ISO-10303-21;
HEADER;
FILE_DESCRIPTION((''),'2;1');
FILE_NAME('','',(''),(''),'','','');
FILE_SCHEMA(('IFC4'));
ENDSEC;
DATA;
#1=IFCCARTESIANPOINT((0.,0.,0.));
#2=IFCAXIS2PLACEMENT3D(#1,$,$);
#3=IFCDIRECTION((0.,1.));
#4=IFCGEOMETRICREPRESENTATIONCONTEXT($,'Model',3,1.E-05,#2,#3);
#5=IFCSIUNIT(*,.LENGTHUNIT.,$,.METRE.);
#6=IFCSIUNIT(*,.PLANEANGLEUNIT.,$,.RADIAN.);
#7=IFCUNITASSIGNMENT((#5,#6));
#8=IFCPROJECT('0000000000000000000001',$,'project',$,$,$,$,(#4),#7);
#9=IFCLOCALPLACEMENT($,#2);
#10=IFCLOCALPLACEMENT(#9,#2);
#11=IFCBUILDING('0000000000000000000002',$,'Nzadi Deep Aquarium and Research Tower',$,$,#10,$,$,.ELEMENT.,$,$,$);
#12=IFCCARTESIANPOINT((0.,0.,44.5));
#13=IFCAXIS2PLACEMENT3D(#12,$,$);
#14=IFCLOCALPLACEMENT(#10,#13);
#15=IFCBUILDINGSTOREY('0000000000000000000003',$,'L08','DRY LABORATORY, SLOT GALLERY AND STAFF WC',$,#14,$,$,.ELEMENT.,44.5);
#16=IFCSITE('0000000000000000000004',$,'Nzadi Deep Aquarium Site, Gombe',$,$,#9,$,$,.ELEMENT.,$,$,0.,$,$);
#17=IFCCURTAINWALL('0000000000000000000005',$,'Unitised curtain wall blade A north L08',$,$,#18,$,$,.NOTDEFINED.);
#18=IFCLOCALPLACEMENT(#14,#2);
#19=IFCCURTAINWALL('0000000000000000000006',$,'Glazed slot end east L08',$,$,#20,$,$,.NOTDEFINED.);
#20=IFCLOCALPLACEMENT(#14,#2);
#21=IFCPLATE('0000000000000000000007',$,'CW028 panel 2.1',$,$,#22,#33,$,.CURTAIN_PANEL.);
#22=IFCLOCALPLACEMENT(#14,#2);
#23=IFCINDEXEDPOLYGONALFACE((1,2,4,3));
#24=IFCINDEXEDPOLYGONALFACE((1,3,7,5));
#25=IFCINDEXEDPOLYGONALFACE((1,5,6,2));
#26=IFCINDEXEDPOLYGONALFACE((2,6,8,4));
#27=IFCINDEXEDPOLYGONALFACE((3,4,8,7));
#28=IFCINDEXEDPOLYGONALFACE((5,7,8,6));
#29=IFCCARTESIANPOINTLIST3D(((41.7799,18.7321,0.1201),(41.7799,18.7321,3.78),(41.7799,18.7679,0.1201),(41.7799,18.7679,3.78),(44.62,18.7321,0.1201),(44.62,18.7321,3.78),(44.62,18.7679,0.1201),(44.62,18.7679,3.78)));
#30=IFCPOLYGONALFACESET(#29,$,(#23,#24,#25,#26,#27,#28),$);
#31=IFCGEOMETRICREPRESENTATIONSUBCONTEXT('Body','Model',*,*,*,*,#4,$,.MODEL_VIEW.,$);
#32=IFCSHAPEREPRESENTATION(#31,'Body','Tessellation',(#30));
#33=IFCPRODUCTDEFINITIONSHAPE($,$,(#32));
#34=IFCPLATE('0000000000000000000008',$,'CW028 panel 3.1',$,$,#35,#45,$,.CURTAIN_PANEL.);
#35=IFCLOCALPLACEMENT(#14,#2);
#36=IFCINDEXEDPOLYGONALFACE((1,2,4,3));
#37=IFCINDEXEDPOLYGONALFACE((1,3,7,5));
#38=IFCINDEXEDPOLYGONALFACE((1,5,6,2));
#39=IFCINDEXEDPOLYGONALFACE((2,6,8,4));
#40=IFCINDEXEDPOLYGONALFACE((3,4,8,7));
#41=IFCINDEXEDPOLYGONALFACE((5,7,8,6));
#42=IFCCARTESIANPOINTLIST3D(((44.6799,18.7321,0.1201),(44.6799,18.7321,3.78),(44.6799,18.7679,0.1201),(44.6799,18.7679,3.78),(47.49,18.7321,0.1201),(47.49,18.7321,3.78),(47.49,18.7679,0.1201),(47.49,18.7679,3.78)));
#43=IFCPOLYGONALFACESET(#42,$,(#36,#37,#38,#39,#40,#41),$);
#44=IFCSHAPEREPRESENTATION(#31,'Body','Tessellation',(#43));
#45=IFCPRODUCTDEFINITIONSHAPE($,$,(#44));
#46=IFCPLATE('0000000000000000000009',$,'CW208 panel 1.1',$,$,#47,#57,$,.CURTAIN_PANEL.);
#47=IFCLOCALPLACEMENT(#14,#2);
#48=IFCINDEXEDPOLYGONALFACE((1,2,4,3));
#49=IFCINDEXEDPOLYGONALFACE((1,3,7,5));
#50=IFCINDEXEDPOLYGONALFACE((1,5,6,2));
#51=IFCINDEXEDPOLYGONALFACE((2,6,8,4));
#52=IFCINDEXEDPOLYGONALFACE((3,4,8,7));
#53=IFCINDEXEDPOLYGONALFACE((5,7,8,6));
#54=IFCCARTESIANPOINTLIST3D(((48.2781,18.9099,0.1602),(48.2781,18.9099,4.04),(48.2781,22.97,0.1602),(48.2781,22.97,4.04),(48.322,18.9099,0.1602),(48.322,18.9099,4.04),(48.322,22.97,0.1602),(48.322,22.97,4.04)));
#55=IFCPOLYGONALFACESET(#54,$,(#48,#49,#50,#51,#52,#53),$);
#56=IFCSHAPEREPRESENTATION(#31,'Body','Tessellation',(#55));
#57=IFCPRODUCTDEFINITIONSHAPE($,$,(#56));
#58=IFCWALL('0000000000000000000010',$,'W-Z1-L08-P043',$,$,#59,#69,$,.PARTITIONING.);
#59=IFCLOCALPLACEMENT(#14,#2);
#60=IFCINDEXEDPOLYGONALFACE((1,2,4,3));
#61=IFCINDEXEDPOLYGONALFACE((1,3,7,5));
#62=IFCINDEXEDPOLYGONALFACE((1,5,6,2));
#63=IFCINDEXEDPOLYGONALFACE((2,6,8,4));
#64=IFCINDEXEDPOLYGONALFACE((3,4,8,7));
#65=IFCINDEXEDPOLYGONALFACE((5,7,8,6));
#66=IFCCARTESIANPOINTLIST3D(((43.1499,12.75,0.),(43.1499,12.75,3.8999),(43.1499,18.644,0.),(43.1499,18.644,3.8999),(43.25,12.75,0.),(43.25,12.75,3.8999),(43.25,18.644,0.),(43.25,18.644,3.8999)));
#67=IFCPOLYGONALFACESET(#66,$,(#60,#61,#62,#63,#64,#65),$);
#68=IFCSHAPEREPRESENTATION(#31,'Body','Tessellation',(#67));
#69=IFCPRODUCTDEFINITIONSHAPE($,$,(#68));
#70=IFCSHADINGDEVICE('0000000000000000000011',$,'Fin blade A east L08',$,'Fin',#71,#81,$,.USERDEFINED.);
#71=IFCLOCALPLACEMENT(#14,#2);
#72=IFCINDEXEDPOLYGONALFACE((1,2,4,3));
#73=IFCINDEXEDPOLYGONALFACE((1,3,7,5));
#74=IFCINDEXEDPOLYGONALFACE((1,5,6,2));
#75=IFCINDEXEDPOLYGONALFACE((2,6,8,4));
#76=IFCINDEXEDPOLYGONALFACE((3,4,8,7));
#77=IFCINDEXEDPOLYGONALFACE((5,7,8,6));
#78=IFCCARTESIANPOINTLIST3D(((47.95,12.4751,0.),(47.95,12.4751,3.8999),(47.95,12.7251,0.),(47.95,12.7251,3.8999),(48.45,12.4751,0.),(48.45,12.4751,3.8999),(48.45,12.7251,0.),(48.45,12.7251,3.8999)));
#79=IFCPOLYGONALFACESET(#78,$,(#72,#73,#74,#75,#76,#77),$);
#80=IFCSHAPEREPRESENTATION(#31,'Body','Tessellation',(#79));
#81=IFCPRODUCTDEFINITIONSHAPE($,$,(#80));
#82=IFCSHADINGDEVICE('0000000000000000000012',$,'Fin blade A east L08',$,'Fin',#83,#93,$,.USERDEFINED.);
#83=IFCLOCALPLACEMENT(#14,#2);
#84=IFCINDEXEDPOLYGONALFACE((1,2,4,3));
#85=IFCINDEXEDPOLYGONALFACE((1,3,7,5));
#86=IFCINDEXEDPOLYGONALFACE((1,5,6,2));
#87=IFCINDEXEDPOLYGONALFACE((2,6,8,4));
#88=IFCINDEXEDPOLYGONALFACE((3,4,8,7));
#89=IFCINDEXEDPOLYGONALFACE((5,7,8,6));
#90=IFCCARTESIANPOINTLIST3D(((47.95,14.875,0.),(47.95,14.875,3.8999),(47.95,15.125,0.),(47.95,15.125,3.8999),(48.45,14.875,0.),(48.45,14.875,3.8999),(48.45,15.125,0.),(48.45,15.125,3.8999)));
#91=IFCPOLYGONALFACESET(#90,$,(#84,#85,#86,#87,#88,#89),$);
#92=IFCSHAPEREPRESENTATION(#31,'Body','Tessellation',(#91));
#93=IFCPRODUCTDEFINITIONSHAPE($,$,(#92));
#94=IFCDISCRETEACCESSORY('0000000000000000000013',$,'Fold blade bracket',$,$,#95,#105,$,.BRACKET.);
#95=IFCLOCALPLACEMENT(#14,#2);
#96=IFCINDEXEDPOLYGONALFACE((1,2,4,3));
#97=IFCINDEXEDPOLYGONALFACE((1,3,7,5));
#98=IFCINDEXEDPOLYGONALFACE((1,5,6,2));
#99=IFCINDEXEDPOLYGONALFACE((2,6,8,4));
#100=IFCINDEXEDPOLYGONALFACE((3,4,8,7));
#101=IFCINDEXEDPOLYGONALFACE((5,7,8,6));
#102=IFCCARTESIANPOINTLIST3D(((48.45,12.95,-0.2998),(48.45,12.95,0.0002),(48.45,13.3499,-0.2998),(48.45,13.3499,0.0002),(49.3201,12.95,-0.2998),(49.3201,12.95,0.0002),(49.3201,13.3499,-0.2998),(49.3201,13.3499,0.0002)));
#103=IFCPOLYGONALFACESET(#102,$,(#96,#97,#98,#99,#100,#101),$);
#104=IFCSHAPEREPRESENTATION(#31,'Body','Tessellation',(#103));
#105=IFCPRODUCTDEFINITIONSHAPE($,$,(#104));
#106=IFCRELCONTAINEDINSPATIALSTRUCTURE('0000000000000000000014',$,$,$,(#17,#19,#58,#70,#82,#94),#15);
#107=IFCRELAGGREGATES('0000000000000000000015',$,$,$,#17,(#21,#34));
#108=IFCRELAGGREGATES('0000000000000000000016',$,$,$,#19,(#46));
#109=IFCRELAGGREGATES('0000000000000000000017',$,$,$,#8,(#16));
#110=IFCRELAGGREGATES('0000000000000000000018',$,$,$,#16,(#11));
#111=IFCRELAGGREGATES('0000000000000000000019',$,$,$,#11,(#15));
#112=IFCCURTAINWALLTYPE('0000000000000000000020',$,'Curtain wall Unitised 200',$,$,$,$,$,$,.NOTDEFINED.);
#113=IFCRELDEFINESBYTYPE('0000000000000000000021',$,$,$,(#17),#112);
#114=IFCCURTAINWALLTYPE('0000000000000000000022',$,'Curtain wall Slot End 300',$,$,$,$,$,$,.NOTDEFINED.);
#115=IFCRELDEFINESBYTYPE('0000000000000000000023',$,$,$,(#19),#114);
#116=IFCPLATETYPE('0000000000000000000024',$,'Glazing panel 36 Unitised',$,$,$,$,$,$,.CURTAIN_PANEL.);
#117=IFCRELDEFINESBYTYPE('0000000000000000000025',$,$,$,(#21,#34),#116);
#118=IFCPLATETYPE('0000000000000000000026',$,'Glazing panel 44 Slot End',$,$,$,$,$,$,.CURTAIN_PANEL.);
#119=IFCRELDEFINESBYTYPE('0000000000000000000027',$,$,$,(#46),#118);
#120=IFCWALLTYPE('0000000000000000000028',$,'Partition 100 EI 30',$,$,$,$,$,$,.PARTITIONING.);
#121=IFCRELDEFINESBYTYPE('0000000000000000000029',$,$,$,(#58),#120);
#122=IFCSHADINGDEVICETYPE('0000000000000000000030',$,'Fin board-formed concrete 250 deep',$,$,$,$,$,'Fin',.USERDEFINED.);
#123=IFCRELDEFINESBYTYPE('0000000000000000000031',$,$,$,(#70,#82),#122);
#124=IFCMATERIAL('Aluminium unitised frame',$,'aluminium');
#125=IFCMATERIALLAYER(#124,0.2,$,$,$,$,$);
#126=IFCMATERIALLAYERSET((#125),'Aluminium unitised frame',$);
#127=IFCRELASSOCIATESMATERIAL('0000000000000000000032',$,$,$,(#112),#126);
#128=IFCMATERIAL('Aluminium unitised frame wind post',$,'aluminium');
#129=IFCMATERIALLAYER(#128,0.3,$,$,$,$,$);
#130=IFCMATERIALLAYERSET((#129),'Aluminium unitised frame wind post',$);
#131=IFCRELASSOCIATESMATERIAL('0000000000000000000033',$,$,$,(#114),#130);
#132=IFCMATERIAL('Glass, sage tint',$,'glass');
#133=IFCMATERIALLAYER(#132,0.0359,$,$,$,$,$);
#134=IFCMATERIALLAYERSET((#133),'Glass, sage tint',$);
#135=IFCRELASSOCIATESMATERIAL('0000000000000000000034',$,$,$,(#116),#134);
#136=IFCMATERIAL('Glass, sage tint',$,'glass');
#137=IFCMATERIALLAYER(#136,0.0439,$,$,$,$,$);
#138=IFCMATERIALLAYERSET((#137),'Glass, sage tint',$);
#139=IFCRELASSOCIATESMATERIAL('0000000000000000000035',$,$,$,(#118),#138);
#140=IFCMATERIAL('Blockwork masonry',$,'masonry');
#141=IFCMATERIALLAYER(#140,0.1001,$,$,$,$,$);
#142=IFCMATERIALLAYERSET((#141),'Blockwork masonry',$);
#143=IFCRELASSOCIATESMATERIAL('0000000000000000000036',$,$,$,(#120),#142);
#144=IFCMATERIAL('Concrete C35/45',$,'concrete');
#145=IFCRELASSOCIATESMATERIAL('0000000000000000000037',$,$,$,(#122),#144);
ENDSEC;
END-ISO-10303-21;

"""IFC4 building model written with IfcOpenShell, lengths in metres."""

from ifc_helpers import new_model, si_unit, direction, frame, frame_2d, origin, origin_2d, place, context, subcontext, project, spatial, rectangle, extrude, material, layer, layer_set, type_object, element, aggregate, save


model = new_model("IFC4")

# Units and contexts
model_context = context("Model", 3, precision=1e-05, world=origin(), true_north=direction((0.0, 1.0)))
body_context = subcontext(model_context, "Body", "Model", "MODEL_VIEW")
ifc_project = project(units=[si_unit("LENGTHUNIT", "METRE"), si_unit("PLANEANGLEUNIT", "RADIAN")], contexts=[model_context])

# Site, building, storey
site_placement = place(None, origin())
site = spatial("IfcSite", under=ifc_project, at=site_placement, Name="Nzadi Deep Aquarium Site, Gombe", CompositionType="ELEMENT", RefElevation=0.0)
building_placement = place(site_placement, origin())
building = spatial("IfcBuilding", under=site, at=building_placement, Name="Nzadi Deep Aquarium and Research Tower", CompositionType="ELEMENT")
storey_placement = place(building_placement, frame((0.0, 0.0, 44.5)))
storey = spatial("IfcBuildingStorey", under=building, at=storey_placement, Name="L08", Description="DRY LABORATORY, SLOT GALLERY AND STAFF WC", CompositionType="ELEMENT", Elevation=44.5)

# Shared definitions
ifc_material_1 = material(Name="Aluminium unitised frame", Category="aluminium")
ifc_layer_1 = layer(ifc_material_1, 0.2)
ifc_layer_set_1 = layer_set([ifc_layer_1], Name="Aluminium unitised frame")
curtain_wall_type_1 = type_object("IfcCurtainWallType", Name="Curtain wall Unitised 200", PredefinedType="NOTDEFINED", material=ifc_layer_set_1)

# Curtain walls
curtain_wall_1_placement = place(storey_placement, origin())
curtain_wall_1 = element("IfcCurtainWall", 1, at=curtain_wall_1_placement, inside=storey, type_object=curtain_wall_type_1, Name="Unitised curtain wall blade A north L08", PredefinedType="NOTDEFINED")
ifc_material_2 = material(Name="Aluminium unitised frame wind post", Category="aluminium")
ifc_layer_2 = layer(ifc_material_2, 0.3)
ifc_layer_set_2 = layer_set([ifc_layer_2], Name="Aluminium unitised frame wind post")
curtain_wall_type_2 = type_object("IfcCurtainWallType", Name="Curtain wall Slot End 300", PredefinedType="NOTDEFINED", material=ifc_layer_set_2)
curtain_wall_2_placement = place(storey_placement, origin())
curtain_wall_2 = element("IfcCurtainWall", 2, at=curtain_wall_2_placement, inside=storey, type_object=curtain_wall_type_2, Name="Glazed slot end east L08", PredefinedType="NOTDEFINED")

# Plates
ifc_material_3 = material(Name="Glass, sage tint", Category="glass")
ifc_layer_3 = layer(ifc_material_3, 0.0359)
ifc_layer_set_3 = layer_set([ifc_layer_3], Name="Glass, sage tint")
plate_type_1 = type_object("IfcPlateType", Name="Glazing panel 36 Unitised", PredefinedType="CURTAIN_PANEL", material=ifc_layer_set_3)
plate_1_placement = place(storey_placement, frame((43.2, 18.75, 0.1201), z_axis=(0.0, 0.0, 1.0), x_axis=(1.0, 0.0, 0.0)))
plate_1 = element("IfcPlate", 3, at=plate_1_placement, type_object=plate_type_1, Name="CW028 panel 2.1", PredefinedType="CURTAIN_PANEL", context=body_context, shape_type="SweptSolid", body=[
    extrude(rectangle(XDim=2.8401, YDim=0.0359, at=origin_2d()), origin(), (0.0, 0.0, 1.0), 3.6599),
])
plate_2_placement = place(storey_placement, frame((46.085, 18.75, 0.1201), z_axis=(0.0, 0.0, 1.0), x_axis=(1.0, 0.0, 0.0)))
plate_2 = element("IfcPlate", 4, at=plate_2_placement, type_object=plate_type_1, Name="CW028 panel 3.1", PredefinedType="CURTAIN_PANEL", context=body_context, shape_type="SweptSolid", body=[
    extrude(rectangle(XDim=2.8101, YDim=0.0359, at=origin_2d()), origin(), (0.0, 0.0, 1.0), 3.6599),
])
aggregate(curtain_wall_1, [plate_1, plate_2])
ifc_material_4 = material(Name="Glass, sage tint", Category="glass")
ifc_layer_4 = layer(ifc_material_4, 0.0439)
ifc_layer_set_4 = layer_set([ifc_layer_4], Name="Glass, sage tint")
plate_type_2 = type_object("IfcPlateType", Name="Glazing panel 44 Slot End", PredefinedType="CURTAIN_PANEL", material=ifc_layer_set_4)
plate_3_placement = place(storey_placement, frame((48.3, 20.9399, 0.1602), z_axis=(0.0, 0.0, 1.0), x_axis=(0.0, 1.0, 0.0)))
plate_3 = element("IfcPlate", 5, at=plate_3_placement, type_object=plate_type_2, Name="CW208 panel 1.1", PredefinedType="CURTAIN_PANEL", context=body_context, shape_type="SweptSolid", body=[
    extrude(rectangle(XDim=4.0601, YDim=0.0439, at=origin_2d()), origin(), (0.0, 0.0, 1.0), 3.8799),
])
aggregate(curtain_wall_2, [plate_3])

# Wall
ifc_material_5 = material(Name="Blockwork masonry", Category="masonry")
ifc_layer_5 = layer(ifc_material_5, 0.1001)
ifc_layer_set_5 = layer_set([ifc_layer_5], Name="Blockwork masonry")
wall_type = type_object("IfcWallType", Name="Partition 100 EI 30", PredefinedType="PARTITIONING", material=ifc_layer_set_5)
wall_placement = place(storey_placement, frame((43.2, 12.75, 0.0), z_axis=(0.0, 0.0, 1.0), x_axis=(0.0, 1.0, 0.0)))
element("IfcWall", 6, at=wall_placement, inside=storey, type_object=wall_type, Name="W-Z1-L08-P043", PredefinedType="PARTITIONING", context=body_context, shape_type="SweptSolid", body=[
    extrude(rectangle(XDim=5.894, YDim=0.1001, at=frame_2d((2.947, 0.0))), origin(), (0.0, 0.0, 1.0), 3.8999),
])

# Shading devices
ifc_material_6 = material(Name="Concrete C35/45", Category="concrete")
shading_device_type = type_object("IfcShadingDeviceType", Name="Fin board-formed concrete 250 deep", ElementType="Fin", PredefinedType="USERDEFINED", material=ifc_material_6)
for number, where, z_axis, x_axis, name in (
    (7, (48.2, 12.6001, 0.0), (0.0, 0.0, 1.0), (1.0, 0.0, 0.0), "Fin blade A east L08"),
    (8, (48.2, 15.0, 0.0), (0.0, 0.0, 1.0), (1.0, 0.0, 0.0), "Fin blade A east L08"),
):
    element("IfcShadingDevice", number, at=place(storey_placement, frame(where, z_axis=z_axis, x_axis=x_axis)), inside=storey, type_object=shading_device_type, Name=name, ObjectType="Fin", PredefinedType="USERDEFINED", context=body_context, shape_type="SweptSolid", body=[
        extrude(rectangle(XDim=0.5, YDim=0.25, at=origin_2d()), origin(), (0.0, 0.0, 1.0), 3.8999),
    ])

# Discrete accessory
discrete_accessory_placement = place(storey_placement, frame((48.885, 13.1499, -0.2998), z_axis=(0.0, 0.0, 1.0), x_axis=(1.0, 0.0, 0.0)))
element("IfcDiscreteAccessory", 9, at=discrete_accessory_placement, inside=storey, Name="Fold blade bracket", PredefinedType="BRACKET", context=body_context, shape_type="SweptSolid", body=[
    extrude(rectangle(XDim=0.8701, YDim=0.3999, at=origin_2d()), origin(), (0.0, 0.0, 1.0), 0.3),
])

save(model, "model.ifc")
